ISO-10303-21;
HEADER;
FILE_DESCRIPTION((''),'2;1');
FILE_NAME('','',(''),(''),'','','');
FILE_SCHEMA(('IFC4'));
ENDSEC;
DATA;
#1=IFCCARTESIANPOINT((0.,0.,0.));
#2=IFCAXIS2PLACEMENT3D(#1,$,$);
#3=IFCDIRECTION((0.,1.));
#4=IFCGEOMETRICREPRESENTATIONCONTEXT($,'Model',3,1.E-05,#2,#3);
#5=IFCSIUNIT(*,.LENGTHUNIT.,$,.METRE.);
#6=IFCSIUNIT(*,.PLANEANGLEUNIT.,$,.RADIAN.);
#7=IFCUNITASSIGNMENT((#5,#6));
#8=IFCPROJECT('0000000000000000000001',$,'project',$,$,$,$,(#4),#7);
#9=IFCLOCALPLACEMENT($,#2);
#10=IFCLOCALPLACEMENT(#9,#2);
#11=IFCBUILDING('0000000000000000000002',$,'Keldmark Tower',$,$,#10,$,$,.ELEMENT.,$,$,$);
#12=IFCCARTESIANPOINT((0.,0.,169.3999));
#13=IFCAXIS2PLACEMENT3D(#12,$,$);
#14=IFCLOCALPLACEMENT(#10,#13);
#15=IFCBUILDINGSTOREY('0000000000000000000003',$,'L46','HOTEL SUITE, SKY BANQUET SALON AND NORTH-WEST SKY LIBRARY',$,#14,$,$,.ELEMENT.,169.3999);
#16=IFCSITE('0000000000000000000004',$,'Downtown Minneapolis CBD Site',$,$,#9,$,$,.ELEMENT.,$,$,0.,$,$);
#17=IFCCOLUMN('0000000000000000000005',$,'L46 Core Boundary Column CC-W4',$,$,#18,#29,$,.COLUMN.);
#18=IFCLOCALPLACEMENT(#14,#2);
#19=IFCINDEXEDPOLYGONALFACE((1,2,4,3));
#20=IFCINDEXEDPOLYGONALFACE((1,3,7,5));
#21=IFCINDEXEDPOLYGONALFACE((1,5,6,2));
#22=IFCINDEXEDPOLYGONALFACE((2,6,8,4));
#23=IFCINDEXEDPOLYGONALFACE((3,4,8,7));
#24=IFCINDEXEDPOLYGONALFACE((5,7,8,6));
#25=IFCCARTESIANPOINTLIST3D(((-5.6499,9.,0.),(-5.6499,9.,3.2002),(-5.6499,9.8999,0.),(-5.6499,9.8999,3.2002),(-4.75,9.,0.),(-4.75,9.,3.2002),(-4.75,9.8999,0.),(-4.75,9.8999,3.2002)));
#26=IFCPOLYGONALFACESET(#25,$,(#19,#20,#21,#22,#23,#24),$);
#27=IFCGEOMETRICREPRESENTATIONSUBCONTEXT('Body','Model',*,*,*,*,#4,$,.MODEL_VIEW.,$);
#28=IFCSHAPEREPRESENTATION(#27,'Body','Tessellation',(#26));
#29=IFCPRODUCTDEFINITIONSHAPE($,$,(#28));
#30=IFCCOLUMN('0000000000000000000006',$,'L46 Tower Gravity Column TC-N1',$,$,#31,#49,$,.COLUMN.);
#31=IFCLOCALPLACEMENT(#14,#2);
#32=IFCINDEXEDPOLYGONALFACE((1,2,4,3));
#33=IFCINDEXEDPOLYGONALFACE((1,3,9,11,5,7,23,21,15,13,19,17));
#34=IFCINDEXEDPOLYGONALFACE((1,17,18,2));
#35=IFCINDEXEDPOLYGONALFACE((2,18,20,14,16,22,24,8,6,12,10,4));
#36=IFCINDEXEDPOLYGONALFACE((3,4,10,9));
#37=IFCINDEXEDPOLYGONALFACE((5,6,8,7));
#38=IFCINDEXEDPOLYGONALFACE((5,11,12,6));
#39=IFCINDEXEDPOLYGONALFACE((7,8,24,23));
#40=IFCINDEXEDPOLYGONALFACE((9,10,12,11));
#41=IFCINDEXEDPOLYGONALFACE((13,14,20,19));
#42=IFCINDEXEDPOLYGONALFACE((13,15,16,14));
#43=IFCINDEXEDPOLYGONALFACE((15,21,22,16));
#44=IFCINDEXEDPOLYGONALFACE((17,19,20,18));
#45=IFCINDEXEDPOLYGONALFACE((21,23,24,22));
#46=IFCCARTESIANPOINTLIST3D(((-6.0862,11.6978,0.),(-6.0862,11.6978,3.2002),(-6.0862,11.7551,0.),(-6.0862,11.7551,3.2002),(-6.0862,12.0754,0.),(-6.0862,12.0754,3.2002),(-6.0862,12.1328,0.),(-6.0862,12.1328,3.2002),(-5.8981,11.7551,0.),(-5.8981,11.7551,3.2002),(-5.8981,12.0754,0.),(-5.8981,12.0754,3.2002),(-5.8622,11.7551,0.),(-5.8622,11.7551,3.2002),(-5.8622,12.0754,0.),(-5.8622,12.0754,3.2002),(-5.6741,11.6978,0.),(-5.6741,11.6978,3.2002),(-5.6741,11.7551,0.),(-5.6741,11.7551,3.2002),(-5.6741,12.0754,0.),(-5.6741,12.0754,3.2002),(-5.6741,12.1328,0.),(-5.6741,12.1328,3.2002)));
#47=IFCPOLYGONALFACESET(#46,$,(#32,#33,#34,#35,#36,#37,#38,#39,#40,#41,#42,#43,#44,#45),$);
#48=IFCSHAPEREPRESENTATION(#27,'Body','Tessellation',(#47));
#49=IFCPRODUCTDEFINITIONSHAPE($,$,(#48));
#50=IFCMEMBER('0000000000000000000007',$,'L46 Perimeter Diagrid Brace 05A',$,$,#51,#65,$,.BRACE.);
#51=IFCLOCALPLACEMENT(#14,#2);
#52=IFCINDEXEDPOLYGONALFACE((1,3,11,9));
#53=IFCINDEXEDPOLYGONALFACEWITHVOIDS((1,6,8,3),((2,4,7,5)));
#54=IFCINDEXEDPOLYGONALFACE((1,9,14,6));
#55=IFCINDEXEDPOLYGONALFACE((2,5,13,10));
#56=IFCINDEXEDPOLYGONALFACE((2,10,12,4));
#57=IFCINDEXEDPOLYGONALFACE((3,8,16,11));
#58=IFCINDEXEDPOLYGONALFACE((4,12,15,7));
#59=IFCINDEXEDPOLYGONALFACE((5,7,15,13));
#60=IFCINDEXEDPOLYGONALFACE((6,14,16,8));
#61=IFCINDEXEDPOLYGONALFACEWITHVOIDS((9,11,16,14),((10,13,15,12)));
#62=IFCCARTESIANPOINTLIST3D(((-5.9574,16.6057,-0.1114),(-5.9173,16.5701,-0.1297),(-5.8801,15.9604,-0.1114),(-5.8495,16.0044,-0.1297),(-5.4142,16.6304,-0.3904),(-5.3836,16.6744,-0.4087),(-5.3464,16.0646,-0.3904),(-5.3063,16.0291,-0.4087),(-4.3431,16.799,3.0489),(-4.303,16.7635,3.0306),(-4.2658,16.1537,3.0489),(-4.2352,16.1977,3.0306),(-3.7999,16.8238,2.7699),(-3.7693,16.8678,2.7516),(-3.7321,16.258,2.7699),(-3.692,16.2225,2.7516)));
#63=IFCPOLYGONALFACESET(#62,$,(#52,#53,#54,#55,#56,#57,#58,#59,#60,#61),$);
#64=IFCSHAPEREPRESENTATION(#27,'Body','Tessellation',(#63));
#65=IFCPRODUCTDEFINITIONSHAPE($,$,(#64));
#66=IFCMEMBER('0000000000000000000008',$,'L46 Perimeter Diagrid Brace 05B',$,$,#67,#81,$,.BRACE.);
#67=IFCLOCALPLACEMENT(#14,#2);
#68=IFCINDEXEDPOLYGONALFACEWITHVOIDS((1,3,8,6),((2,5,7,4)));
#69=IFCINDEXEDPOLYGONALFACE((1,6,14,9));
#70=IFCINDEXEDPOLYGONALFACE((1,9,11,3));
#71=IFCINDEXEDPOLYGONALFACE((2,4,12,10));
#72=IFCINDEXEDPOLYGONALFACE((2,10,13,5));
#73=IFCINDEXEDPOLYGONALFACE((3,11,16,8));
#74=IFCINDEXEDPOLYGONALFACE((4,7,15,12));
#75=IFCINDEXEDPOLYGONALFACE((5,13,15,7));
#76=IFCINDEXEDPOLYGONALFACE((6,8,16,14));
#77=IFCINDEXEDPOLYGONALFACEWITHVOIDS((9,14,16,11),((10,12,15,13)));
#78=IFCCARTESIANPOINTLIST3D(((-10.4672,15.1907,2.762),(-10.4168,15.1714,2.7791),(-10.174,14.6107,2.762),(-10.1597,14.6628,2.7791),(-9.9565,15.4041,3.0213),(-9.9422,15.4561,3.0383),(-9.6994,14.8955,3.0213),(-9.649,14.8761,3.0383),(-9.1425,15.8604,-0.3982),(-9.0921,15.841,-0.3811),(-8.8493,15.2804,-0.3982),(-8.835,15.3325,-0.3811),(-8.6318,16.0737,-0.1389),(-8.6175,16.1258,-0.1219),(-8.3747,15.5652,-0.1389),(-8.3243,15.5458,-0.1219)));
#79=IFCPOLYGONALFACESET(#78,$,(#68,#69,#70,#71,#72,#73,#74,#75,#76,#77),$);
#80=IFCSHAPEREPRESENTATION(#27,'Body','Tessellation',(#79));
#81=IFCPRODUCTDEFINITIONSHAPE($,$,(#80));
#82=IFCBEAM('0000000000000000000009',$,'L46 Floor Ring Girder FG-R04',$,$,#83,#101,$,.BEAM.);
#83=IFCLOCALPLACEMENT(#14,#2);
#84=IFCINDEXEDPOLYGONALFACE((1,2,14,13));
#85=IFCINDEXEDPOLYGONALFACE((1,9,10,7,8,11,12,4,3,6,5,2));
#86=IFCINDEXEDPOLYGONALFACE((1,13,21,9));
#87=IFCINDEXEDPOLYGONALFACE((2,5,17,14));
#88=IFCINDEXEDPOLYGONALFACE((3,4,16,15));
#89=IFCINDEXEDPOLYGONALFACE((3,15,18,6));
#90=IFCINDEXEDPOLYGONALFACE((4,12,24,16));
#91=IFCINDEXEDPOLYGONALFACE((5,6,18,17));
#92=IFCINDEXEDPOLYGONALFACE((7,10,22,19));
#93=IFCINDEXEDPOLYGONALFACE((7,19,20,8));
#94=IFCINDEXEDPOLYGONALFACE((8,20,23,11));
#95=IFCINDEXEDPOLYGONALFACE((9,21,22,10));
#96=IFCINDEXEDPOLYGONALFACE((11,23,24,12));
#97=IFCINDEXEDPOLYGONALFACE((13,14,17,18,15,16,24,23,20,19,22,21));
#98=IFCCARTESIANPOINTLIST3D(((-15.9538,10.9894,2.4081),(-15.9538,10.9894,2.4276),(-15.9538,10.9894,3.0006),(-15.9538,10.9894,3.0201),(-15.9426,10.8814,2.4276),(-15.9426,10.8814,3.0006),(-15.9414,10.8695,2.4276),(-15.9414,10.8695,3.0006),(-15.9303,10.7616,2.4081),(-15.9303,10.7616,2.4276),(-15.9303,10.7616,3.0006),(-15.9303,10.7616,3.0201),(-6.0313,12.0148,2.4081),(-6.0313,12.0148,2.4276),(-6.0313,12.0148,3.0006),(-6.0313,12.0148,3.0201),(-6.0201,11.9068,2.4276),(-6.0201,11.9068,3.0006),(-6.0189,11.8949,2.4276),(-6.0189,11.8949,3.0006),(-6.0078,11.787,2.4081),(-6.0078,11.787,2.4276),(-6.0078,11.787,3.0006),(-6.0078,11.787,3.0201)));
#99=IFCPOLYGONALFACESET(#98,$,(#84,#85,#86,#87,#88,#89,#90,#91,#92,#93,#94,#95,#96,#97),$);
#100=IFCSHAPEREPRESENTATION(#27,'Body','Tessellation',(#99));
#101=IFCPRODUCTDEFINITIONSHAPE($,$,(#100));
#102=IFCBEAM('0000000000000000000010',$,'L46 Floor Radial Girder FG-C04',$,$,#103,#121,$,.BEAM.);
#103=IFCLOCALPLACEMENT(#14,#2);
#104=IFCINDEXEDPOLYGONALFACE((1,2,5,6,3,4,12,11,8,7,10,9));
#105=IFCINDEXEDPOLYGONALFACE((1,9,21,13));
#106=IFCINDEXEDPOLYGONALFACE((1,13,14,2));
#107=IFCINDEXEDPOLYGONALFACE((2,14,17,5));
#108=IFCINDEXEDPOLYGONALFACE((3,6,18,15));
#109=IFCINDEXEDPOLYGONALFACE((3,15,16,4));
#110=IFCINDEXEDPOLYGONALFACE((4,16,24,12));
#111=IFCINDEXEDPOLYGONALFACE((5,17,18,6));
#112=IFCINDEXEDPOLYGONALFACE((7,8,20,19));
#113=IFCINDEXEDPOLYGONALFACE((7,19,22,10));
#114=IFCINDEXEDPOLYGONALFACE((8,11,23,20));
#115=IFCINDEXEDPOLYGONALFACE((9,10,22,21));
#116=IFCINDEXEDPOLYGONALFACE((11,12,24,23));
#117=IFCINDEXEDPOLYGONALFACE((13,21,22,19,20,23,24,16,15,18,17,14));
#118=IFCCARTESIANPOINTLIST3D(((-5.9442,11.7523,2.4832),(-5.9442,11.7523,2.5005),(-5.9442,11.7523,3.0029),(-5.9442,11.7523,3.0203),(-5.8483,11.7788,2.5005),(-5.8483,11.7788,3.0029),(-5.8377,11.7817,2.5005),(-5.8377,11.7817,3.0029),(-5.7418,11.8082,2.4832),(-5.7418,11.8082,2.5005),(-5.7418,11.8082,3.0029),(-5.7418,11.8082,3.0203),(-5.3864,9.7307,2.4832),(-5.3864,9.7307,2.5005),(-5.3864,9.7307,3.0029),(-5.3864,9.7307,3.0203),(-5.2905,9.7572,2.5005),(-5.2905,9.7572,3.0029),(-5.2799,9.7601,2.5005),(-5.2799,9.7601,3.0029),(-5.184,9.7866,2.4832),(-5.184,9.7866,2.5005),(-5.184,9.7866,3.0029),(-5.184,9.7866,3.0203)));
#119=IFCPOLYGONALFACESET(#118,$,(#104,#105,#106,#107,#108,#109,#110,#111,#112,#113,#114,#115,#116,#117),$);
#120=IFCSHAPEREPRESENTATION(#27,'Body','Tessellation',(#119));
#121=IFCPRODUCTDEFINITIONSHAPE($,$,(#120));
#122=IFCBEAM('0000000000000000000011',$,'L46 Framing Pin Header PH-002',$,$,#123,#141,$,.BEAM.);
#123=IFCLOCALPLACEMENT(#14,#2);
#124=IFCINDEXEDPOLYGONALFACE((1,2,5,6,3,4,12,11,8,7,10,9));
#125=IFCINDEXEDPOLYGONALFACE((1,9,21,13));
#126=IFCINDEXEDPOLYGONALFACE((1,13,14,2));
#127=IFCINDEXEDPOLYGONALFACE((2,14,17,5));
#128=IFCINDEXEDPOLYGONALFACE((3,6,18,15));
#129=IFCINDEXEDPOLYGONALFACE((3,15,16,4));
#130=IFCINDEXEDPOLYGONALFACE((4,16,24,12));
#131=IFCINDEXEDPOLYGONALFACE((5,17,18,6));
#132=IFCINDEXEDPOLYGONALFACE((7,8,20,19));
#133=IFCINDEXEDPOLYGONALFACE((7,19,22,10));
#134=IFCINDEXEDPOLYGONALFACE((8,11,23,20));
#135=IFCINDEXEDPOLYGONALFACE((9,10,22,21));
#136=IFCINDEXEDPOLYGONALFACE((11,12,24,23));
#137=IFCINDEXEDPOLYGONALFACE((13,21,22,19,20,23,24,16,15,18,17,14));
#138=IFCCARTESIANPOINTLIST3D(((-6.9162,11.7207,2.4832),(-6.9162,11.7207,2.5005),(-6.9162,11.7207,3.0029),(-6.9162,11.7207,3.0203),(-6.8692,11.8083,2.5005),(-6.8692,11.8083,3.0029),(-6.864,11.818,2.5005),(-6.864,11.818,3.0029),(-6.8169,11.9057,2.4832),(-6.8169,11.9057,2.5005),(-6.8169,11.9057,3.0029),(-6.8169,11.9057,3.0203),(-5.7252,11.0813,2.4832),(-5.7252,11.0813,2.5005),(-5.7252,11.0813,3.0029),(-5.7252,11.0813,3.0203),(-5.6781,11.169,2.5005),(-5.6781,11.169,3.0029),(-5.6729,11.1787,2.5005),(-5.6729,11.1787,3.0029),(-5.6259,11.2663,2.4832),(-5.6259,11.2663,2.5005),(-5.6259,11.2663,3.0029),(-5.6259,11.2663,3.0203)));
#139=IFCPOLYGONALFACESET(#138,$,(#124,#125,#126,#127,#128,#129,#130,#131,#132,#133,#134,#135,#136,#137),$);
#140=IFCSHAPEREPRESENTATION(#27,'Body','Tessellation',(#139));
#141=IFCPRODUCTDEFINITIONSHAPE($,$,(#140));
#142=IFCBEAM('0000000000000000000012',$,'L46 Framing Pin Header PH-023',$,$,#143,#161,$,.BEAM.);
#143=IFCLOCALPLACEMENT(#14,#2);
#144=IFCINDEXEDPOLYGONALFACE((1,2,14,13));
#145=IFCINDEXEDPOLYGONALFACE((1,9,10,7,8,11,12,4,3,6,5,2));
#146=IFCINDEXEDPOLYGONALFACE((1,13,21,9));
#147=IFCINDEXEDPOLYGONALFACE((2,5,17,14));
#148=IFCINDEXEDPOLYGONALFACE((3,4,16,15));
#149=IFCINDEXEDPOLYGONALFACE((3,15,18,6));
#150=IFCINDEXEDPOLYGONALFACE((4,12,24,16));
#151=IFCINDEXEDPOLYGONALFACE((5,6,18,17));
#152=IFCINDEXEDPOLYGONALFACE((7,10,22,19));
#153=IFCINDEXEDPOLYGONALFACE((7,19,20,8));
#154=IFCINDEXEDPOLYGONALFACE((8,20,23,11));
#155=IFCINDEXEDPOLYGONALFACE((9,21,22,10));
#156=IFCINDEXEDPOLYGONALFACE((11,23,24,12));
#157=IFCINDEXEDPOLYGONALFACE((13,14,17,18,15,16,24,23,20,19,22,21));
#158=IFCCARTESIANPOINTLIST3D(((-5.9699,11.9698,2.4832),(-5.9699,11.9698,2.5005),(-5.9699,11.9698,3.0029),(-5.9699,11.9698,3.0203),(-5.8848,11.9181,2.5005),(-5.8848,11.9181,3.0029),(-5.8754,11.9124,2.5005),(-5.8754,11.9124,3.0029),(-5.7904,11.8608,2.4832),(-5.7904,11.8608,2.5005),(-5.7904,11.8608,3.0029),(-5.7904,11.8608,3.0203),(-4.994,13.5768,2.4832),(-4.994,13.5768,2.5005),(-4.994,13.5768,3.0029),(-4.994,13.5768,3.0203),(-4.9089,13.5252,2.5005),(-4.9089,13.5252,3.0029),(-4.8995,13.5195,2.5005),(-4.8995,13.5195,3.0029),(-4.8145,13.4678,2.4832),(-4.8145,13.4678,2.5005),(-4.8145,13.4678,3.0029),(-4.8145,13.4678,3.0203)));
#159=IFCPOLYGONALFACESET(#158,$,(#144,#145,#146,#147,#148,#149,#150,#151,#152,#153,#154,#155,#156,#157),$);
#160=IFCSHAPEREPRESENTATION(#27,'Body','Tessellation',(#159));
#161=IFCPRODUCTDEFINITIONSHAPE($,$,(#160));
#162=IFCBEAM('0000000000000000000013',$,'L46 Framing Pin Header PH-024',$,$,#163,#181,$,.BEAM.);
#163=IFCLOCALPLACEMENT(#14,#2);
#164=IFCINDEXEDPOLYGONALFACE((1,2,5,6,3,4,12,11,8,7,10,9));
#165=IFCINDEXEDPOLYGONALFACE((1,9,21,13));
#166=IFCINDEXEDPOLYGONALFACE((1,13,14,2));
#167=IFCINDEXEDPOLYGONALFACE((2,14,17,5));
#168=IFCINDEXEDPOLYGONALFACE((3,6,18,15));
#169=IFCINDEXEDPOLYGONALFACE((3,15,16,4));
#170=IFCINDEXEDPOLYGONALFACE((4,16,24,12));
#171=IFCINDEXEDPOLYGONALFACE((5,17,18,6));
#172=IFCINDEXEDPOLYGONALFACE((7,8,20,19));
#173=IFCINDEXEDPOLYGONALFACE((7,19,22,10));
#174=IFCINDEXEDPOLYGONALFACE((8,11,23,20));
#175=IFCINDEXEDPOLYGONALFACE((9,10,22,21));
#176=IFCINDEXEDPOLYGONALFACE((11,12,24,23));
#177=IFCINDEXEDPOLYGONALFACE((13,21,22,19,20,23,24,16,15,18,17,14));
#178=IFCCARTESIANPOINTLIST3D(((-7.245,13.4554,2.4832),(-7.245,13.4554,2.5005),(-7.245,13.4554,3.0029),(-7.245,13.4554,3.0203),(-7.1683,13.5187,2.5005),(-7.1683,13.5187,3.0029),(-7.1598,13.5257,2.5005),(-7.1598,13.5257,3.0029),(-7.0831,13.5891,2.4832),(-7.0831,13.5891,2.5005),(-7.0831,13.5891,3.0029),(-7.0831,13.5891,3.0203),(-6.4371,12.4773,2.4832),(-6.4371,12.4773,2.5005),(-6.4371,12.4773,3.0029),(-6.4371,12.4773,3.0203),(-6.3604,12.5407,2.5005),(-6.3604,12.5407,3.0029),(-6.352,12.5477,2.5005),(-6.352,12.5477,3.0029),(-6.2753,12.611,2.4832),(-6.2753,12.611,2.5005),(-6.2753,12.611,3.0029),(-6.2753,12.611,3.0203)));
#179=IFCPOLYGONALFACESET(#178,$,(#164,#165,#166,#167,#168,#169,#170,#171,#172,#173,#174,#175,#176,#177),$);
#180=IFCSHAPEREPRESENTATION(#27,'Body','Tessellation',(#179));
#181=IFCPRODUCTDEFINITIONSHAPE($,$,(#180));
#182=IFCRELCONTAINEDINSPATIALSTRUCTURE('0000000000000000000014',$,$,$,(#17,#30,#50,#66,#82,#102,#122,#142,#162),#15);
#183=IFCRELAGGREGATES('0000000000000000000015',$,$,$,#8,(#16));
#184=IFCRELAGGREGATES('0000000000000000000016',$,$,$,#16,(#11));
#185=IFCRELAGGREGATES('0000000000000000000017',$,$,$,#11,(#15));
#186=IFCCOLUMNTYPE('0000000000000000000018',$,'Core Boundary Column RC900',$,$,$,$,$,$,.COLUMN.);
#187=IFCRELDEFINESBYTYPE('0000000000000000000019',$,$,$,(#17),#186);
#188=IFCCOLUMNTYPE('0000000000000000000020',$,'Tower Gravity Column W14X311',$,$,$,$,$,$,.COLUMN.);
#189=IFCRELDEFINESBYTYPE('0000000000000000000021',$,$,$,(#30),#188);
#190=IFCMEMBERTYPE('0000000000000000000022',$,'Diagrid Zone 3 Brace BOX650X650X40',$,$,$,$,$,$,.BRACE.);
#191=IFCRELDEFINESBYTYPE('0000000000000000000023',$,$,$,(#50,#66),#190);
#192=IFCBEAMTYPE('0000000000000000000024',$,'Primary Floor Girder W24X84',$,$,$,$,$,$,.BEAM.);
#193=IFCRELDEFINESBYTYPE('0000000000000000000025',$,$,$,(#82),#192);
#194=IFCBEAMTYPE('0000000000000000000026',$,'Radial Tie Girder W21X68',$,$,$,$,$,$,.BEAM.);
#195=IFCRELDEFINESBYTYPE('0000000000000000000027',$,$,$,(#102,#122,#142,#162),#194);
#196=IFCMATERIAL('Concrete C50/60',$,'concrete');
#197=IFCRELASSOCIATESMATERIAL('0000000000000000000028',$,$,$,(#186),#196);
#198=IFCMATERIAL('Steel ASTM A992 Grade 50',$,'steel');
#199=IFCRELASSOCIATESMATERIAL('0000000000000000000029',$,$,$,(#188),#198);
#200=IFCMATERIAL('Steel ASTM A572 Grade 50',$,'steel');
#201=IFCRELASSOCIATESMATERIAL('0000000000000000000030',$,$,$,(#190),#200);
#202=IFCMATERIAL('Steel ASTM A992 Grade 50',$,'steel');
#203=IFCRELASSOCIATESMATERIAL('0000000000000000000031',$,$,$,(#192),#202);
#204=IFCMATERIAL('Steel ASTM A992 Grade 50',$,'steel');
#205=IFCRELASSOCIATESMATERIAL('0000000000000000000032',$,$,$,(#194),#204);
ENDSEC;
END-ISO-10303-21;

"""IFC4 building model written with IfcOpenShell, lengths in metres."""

from ifc_helpers import new_model, si_unit, direction, frame, origin, origin_2d, place, context, subcontext, project, spatial, rectangle, hollow_rectangle, i_section, extrude, material, material_profile, profile_set, type_object, element, save


model = new_model("IFC4")

# Units and contexts
model_context = context("Model", 3, precision=1e-05, world=origin(), true_north=direction((0.0, 1.0)))
body_context = subcontext(model_context, "Body", "Model", "MODEL_VIEW")
ifc_project = project(units=[si_unit("LENGTHUNIT", "METRE"), si_unit("PLANEANGLEUNIT", "RADIAN")], contexts=[model_context])

# Site, building, storey
site_placement = place(None, origin())
site = spatial("IfcSite", under=ifc_project, at=site_placement, Name="Downtown Minneapolis CBD Site", CompositionType="ELEMENT", RefElevation=0.0)
building_placement = place(site_placement, origin())
building = spatial("IfcBuilding", under=site, at=building_placement, Name="Keldmark Tower", CompositionType="ELEMENT")
storey_placement = place(building_placement, frame((0.0, 0.0, 169.3999)))
storey = spatial("IfcBuildingStorey", under=building, at=storey_placement, Name="L46", Description="HOTEL SUITE, SKY BANQUET SALON AND NORTH-WEST SKY LIBRARY", CompositionType="ELEMENT", Elevation=169.3999)

# Columns
ifc_material_1 = material(Name="Concrete C50/60", Category="concrete")
ifc_material_profile_1 = material_profile(ifc_material_1, rectangle(XDim=0.8999, YDim=0.8999, at=origin_2d()), Name="RC900X900")
ifc_profile_set_1 = profile_set([ifc_material_profile_1], Name="Concrete C50/60")
column_type_1 = type_object("IfcColumnType", Name="Core Boundary Column RC900", PredefinedType="COLUMN", material=ifc_profile_set_1)
column_1_placement = place(storey_placement, frame((-5.2, 9.45, 0.0), z_axis=(0.0, 0.0, 1.0), x_axis=(1.0, 0.0, 0.0)))
element("IfcColumn", 1, at=column_1_placement, inside=storey, type_object=column_type_1, Name="L46 Core Boundary Column CC-W4", PredefinedType="COLUMN", context=body_context, shape_type="SweptSolid", body=[
    extrude(rectangle(XDim=0.8999, YDim=0.8999, at=origin_2d()), origin(), (0.0, 0.0, 1.0), 3.2002),
])
ifc_material_2 = material(Name="Steel ASTM A992 Grade 50", Category="steel")
ifc_material_profile_2 = material_profile(ifc_material_2, i_section(OverallWidth=0.4121, OverallDepth=0.4351, WebThickness=0.0359, FlangeThickness=0.0574, at=origin_2d()), Name="W14X311")
ifc_profile_set_2 = profile_set([ifc_material_profile_2], Name="Steel ASTM A992 Grade 50")
column_type_2 = type_object("IfcColumnType", Name="Tower Gravity Column W14X311", PredefinedType="COLUMN", material=ifc_profile_set_2)
column_2_placement = place(storey_placement, frame((-5.8801, 11.9153, 0.0), z_axis=(0.0, 0.0, 1.0), x_axis=(1.0, 0.0, 0.0)))
element("IfcColumn", 2, at=column_2_placement, inside=storey, type_object=column_type_2, Name="L46 Tower Gravity Column TC-N1", PredefinedType="COLUMN", context=body_context, shape_type="SweptSolid", body=[
    extrude(i_section(OverallWidth=0.4121, OverallDepth=0.4351, WebThickness=0.0359, FlangeThickness=0.0574, at=origin_2d()), origin(), (0.0, 0.0, 1.0), 3.2002),
])

# Members
ifc_material_3 = material(Name="Steel ASTM A572 Grade 50", Category="steel")
ifc_material_profile_3 = material_profile(ifc_material_3, hollow_rectangle(XDim=0.6499, YDim=0.6499, WallThickness=0.04, at=origin_2d()), Name="BOX650X650X40")
ifc_profile_set_3 = profile_set([ifc_material_profile_3], Name="Steel ASTM A572 Grade 50")
member_type = type_object("IfcMemberType", Name="Diagrid Zone 3 Brace BOX650X650X40", PredefinedType="BRACE", material=ifc_profile_set_3)
member_1_placement = place(storey_placement, frame((-5.6318, 16.3174, -0.26), z_axis=(0.454229, 0.054409, 0.889222), x_axis=(-0.118932, 0.992902, 0.0)))
element("IfcMember", 3, at=member_1_placement, inside=storey, type_object=member_type, Name="L46 Perimeter Diagrid Brace 05A", PredefinedType="BRACE", context=body_context, shape_type="SweptSolid", body=[
    extrude(hollow_rectangle(XDim=0.6499, YDim=0.6499, WallThickness=0.04, at=origin_2d()), origin(), (0.0, 0.0, 1.0), 3.554),
])
member_2_placement = place(storey_placement, frame((-8.7334, 15.7031, -0.26), z_axis=(-0.37942, -0.191808, 0.905125), x_axis=(0.451157, -0.892445, 0.0)))
element("IfcMember", 4, at=member_2_placement, inside=storey, type_object=member_type, Name="L46 Perimeter Diagrid Brace 05B", PredefinedType="BRACE", context=body_context, shape_type="SweptSolid", body=[
    extrude(hollow_rectangle(XDim=0.6499, YDim=0.6499, WallThickness=0.04, at=origin_2d()), origin(), (0.0, 0.0, 1.0), 3.4915),
])

# Beams
ifc_material_4 = material(Name="Steel ASTM A992 Grade 50", Category="steel")
ifc_material_profile_4 = material_profile(ifc_material_4, i_section(OverallWidth=0.229, OverallDepth=0.6121, WebThickness=0.012, FlangeThickness=0.0195, at=origin_2d()), Name="W24X84")
ifc_profile_set_4 = profile_set([ifc_material_profile_4], Name="Steel ASTM A992 Grade 50")
beam_type_1 = type_object("IfcBeamType", Name="Primary Floor Girder W24X84", PredefinedType="BEAM", material=ifc_profile_set_4)
beam_1_placement = place(storey_placement, frame((-6.0195, 11.9009, 2.7141), z_axis=(-0.994703, -0.102791, 0.0), x_axis=(0.102791, -0.994703, 0.0)))
element("IfcBeam", 5, at=beam_1_placement, inside=storey, type_object=beam_type_1, Name="L46 Floor Ring Girder FG-R04", PredefinedType="BEAM", context=body_context, shape_type="SweptSolid", body=[
    extrude(i_section(OverallWidth=0.229, OverallDepth=0.6121, WebThickness=0.012, FlangeThickness=0.0195, at=origin_2d()), origin(), (0.0, 0.0, 1.0), 9.9753),
])
ifc_material_5 = material(Name="Steel ASTM A992 Grade 50", Category="steel")
ifc_material_profile_5 = material_profile(ifc_material_5, i_section(OverallWidth=0.21, OverallDepth=0.5371, WebThickness=0.011, FlangeThickness=0.0173, at=origin_2d()), Name="W21X68")
ifc_profile_set_5 = profile_set([ifc_material_profile_5], Name="Steel ASTM A992 Grade 50")
beam_type_2 = type_object("IfcBeamType", Name="Radial Tie Girder W21X68", PredefinedType="BEAM", material=ifc_profile_set_5)
beam_2_placement = place(storey_placement, frame((-5.843, 11.7803, 2.7517), z_axis=(0.265992, -0.963975, 0.0), x_axis=(0.963975, 0.265992, 0.0)))
element("IfcBeam", 6, at=beam_2_placement, inside=storey, type_object=beam_type_2, Name="L46 Floor Radial Girder FG-C04", PredefinedType="BEAM", context=body_context, shape_type="SweptSolid", body=[
    extrude(i_section(OverallWidth=0.21, OverallDepth=0.5371, WebThickness=0.011, FlangeThickness=0.0173, at=origin_2d()), origin(), (0.0, 0.0, 1.0), 2.0972),
])
beam_3_placement = place(storey_placement, frame((-5.6755, 11.1738, 2.7517), z_axis=(-0.881085, 0.472958, 0.0), x_axis=(-0.472958, -0.881085, 0.0)))
element("IfcBeam", 7, at=beam_3_placement, inside=storey, type_object=beam_type_2, Name="L46 Framing Pin Header PH-002", PredefinedType="BEAM", context=body_context, shape_type="SweptSolid", body=[
    extrude(i_section(OverallWidth=0.21, OverallDepth=0.5371, WebThickness=0.011, FlangeThickness=0.0173, at=origin_2d()), origin(), (0.0, 0.0, 1.0), 1.3518),
])
beam_4_placement = place(storey_placement, frame((-5.8801, 11.9153, 2.7517), z_axis=(0.519053, 0.854742, 0.0), x_axis=(-0.854742, 0.519053, 0.0)))
element("IfcBeam", 8, at=beam_4_placement, inside=storey, type_object=beam_type_2, Name="L46 Framing Pin Header PH-023", PredefinedType="BEAM", context=body_context, shape_type="SweptSolid", body=[
    extrude(i_section(OverallWidth=0.21, OverallDepth=0.5371, WebThickness=0.011, FlangeThickness=0.0173, at=origin_2d()), origin(), (0.0, 0.0, 1.0), 1.8801),
])
beam_5_placement = place(storey_placement, frame((-6.3562, 12.5442, 2.7517), z_axis=(-0.636847, 0.770991, 0.0), x_axis=(-0.770991, -0.636847, 0.0)))
element("IfcBeam", 9, at=beam_5_placement, inside=storey, type_object=beam_type_2, Name="L46 Framing Pin Header PH-024", PredefinedType="BEAM", context=body_context, shape_type="SweptSolid", body=[
    extrude(i_section(OverallWidth=0.21, OverallDepth=0.5371, WebThickness=0.011, FlangeThickness=0.0173, at=origin_2d()), origin(), (0.0, 0.0, 1.0), 1.2686),
])

save(model, "model.ifc")
